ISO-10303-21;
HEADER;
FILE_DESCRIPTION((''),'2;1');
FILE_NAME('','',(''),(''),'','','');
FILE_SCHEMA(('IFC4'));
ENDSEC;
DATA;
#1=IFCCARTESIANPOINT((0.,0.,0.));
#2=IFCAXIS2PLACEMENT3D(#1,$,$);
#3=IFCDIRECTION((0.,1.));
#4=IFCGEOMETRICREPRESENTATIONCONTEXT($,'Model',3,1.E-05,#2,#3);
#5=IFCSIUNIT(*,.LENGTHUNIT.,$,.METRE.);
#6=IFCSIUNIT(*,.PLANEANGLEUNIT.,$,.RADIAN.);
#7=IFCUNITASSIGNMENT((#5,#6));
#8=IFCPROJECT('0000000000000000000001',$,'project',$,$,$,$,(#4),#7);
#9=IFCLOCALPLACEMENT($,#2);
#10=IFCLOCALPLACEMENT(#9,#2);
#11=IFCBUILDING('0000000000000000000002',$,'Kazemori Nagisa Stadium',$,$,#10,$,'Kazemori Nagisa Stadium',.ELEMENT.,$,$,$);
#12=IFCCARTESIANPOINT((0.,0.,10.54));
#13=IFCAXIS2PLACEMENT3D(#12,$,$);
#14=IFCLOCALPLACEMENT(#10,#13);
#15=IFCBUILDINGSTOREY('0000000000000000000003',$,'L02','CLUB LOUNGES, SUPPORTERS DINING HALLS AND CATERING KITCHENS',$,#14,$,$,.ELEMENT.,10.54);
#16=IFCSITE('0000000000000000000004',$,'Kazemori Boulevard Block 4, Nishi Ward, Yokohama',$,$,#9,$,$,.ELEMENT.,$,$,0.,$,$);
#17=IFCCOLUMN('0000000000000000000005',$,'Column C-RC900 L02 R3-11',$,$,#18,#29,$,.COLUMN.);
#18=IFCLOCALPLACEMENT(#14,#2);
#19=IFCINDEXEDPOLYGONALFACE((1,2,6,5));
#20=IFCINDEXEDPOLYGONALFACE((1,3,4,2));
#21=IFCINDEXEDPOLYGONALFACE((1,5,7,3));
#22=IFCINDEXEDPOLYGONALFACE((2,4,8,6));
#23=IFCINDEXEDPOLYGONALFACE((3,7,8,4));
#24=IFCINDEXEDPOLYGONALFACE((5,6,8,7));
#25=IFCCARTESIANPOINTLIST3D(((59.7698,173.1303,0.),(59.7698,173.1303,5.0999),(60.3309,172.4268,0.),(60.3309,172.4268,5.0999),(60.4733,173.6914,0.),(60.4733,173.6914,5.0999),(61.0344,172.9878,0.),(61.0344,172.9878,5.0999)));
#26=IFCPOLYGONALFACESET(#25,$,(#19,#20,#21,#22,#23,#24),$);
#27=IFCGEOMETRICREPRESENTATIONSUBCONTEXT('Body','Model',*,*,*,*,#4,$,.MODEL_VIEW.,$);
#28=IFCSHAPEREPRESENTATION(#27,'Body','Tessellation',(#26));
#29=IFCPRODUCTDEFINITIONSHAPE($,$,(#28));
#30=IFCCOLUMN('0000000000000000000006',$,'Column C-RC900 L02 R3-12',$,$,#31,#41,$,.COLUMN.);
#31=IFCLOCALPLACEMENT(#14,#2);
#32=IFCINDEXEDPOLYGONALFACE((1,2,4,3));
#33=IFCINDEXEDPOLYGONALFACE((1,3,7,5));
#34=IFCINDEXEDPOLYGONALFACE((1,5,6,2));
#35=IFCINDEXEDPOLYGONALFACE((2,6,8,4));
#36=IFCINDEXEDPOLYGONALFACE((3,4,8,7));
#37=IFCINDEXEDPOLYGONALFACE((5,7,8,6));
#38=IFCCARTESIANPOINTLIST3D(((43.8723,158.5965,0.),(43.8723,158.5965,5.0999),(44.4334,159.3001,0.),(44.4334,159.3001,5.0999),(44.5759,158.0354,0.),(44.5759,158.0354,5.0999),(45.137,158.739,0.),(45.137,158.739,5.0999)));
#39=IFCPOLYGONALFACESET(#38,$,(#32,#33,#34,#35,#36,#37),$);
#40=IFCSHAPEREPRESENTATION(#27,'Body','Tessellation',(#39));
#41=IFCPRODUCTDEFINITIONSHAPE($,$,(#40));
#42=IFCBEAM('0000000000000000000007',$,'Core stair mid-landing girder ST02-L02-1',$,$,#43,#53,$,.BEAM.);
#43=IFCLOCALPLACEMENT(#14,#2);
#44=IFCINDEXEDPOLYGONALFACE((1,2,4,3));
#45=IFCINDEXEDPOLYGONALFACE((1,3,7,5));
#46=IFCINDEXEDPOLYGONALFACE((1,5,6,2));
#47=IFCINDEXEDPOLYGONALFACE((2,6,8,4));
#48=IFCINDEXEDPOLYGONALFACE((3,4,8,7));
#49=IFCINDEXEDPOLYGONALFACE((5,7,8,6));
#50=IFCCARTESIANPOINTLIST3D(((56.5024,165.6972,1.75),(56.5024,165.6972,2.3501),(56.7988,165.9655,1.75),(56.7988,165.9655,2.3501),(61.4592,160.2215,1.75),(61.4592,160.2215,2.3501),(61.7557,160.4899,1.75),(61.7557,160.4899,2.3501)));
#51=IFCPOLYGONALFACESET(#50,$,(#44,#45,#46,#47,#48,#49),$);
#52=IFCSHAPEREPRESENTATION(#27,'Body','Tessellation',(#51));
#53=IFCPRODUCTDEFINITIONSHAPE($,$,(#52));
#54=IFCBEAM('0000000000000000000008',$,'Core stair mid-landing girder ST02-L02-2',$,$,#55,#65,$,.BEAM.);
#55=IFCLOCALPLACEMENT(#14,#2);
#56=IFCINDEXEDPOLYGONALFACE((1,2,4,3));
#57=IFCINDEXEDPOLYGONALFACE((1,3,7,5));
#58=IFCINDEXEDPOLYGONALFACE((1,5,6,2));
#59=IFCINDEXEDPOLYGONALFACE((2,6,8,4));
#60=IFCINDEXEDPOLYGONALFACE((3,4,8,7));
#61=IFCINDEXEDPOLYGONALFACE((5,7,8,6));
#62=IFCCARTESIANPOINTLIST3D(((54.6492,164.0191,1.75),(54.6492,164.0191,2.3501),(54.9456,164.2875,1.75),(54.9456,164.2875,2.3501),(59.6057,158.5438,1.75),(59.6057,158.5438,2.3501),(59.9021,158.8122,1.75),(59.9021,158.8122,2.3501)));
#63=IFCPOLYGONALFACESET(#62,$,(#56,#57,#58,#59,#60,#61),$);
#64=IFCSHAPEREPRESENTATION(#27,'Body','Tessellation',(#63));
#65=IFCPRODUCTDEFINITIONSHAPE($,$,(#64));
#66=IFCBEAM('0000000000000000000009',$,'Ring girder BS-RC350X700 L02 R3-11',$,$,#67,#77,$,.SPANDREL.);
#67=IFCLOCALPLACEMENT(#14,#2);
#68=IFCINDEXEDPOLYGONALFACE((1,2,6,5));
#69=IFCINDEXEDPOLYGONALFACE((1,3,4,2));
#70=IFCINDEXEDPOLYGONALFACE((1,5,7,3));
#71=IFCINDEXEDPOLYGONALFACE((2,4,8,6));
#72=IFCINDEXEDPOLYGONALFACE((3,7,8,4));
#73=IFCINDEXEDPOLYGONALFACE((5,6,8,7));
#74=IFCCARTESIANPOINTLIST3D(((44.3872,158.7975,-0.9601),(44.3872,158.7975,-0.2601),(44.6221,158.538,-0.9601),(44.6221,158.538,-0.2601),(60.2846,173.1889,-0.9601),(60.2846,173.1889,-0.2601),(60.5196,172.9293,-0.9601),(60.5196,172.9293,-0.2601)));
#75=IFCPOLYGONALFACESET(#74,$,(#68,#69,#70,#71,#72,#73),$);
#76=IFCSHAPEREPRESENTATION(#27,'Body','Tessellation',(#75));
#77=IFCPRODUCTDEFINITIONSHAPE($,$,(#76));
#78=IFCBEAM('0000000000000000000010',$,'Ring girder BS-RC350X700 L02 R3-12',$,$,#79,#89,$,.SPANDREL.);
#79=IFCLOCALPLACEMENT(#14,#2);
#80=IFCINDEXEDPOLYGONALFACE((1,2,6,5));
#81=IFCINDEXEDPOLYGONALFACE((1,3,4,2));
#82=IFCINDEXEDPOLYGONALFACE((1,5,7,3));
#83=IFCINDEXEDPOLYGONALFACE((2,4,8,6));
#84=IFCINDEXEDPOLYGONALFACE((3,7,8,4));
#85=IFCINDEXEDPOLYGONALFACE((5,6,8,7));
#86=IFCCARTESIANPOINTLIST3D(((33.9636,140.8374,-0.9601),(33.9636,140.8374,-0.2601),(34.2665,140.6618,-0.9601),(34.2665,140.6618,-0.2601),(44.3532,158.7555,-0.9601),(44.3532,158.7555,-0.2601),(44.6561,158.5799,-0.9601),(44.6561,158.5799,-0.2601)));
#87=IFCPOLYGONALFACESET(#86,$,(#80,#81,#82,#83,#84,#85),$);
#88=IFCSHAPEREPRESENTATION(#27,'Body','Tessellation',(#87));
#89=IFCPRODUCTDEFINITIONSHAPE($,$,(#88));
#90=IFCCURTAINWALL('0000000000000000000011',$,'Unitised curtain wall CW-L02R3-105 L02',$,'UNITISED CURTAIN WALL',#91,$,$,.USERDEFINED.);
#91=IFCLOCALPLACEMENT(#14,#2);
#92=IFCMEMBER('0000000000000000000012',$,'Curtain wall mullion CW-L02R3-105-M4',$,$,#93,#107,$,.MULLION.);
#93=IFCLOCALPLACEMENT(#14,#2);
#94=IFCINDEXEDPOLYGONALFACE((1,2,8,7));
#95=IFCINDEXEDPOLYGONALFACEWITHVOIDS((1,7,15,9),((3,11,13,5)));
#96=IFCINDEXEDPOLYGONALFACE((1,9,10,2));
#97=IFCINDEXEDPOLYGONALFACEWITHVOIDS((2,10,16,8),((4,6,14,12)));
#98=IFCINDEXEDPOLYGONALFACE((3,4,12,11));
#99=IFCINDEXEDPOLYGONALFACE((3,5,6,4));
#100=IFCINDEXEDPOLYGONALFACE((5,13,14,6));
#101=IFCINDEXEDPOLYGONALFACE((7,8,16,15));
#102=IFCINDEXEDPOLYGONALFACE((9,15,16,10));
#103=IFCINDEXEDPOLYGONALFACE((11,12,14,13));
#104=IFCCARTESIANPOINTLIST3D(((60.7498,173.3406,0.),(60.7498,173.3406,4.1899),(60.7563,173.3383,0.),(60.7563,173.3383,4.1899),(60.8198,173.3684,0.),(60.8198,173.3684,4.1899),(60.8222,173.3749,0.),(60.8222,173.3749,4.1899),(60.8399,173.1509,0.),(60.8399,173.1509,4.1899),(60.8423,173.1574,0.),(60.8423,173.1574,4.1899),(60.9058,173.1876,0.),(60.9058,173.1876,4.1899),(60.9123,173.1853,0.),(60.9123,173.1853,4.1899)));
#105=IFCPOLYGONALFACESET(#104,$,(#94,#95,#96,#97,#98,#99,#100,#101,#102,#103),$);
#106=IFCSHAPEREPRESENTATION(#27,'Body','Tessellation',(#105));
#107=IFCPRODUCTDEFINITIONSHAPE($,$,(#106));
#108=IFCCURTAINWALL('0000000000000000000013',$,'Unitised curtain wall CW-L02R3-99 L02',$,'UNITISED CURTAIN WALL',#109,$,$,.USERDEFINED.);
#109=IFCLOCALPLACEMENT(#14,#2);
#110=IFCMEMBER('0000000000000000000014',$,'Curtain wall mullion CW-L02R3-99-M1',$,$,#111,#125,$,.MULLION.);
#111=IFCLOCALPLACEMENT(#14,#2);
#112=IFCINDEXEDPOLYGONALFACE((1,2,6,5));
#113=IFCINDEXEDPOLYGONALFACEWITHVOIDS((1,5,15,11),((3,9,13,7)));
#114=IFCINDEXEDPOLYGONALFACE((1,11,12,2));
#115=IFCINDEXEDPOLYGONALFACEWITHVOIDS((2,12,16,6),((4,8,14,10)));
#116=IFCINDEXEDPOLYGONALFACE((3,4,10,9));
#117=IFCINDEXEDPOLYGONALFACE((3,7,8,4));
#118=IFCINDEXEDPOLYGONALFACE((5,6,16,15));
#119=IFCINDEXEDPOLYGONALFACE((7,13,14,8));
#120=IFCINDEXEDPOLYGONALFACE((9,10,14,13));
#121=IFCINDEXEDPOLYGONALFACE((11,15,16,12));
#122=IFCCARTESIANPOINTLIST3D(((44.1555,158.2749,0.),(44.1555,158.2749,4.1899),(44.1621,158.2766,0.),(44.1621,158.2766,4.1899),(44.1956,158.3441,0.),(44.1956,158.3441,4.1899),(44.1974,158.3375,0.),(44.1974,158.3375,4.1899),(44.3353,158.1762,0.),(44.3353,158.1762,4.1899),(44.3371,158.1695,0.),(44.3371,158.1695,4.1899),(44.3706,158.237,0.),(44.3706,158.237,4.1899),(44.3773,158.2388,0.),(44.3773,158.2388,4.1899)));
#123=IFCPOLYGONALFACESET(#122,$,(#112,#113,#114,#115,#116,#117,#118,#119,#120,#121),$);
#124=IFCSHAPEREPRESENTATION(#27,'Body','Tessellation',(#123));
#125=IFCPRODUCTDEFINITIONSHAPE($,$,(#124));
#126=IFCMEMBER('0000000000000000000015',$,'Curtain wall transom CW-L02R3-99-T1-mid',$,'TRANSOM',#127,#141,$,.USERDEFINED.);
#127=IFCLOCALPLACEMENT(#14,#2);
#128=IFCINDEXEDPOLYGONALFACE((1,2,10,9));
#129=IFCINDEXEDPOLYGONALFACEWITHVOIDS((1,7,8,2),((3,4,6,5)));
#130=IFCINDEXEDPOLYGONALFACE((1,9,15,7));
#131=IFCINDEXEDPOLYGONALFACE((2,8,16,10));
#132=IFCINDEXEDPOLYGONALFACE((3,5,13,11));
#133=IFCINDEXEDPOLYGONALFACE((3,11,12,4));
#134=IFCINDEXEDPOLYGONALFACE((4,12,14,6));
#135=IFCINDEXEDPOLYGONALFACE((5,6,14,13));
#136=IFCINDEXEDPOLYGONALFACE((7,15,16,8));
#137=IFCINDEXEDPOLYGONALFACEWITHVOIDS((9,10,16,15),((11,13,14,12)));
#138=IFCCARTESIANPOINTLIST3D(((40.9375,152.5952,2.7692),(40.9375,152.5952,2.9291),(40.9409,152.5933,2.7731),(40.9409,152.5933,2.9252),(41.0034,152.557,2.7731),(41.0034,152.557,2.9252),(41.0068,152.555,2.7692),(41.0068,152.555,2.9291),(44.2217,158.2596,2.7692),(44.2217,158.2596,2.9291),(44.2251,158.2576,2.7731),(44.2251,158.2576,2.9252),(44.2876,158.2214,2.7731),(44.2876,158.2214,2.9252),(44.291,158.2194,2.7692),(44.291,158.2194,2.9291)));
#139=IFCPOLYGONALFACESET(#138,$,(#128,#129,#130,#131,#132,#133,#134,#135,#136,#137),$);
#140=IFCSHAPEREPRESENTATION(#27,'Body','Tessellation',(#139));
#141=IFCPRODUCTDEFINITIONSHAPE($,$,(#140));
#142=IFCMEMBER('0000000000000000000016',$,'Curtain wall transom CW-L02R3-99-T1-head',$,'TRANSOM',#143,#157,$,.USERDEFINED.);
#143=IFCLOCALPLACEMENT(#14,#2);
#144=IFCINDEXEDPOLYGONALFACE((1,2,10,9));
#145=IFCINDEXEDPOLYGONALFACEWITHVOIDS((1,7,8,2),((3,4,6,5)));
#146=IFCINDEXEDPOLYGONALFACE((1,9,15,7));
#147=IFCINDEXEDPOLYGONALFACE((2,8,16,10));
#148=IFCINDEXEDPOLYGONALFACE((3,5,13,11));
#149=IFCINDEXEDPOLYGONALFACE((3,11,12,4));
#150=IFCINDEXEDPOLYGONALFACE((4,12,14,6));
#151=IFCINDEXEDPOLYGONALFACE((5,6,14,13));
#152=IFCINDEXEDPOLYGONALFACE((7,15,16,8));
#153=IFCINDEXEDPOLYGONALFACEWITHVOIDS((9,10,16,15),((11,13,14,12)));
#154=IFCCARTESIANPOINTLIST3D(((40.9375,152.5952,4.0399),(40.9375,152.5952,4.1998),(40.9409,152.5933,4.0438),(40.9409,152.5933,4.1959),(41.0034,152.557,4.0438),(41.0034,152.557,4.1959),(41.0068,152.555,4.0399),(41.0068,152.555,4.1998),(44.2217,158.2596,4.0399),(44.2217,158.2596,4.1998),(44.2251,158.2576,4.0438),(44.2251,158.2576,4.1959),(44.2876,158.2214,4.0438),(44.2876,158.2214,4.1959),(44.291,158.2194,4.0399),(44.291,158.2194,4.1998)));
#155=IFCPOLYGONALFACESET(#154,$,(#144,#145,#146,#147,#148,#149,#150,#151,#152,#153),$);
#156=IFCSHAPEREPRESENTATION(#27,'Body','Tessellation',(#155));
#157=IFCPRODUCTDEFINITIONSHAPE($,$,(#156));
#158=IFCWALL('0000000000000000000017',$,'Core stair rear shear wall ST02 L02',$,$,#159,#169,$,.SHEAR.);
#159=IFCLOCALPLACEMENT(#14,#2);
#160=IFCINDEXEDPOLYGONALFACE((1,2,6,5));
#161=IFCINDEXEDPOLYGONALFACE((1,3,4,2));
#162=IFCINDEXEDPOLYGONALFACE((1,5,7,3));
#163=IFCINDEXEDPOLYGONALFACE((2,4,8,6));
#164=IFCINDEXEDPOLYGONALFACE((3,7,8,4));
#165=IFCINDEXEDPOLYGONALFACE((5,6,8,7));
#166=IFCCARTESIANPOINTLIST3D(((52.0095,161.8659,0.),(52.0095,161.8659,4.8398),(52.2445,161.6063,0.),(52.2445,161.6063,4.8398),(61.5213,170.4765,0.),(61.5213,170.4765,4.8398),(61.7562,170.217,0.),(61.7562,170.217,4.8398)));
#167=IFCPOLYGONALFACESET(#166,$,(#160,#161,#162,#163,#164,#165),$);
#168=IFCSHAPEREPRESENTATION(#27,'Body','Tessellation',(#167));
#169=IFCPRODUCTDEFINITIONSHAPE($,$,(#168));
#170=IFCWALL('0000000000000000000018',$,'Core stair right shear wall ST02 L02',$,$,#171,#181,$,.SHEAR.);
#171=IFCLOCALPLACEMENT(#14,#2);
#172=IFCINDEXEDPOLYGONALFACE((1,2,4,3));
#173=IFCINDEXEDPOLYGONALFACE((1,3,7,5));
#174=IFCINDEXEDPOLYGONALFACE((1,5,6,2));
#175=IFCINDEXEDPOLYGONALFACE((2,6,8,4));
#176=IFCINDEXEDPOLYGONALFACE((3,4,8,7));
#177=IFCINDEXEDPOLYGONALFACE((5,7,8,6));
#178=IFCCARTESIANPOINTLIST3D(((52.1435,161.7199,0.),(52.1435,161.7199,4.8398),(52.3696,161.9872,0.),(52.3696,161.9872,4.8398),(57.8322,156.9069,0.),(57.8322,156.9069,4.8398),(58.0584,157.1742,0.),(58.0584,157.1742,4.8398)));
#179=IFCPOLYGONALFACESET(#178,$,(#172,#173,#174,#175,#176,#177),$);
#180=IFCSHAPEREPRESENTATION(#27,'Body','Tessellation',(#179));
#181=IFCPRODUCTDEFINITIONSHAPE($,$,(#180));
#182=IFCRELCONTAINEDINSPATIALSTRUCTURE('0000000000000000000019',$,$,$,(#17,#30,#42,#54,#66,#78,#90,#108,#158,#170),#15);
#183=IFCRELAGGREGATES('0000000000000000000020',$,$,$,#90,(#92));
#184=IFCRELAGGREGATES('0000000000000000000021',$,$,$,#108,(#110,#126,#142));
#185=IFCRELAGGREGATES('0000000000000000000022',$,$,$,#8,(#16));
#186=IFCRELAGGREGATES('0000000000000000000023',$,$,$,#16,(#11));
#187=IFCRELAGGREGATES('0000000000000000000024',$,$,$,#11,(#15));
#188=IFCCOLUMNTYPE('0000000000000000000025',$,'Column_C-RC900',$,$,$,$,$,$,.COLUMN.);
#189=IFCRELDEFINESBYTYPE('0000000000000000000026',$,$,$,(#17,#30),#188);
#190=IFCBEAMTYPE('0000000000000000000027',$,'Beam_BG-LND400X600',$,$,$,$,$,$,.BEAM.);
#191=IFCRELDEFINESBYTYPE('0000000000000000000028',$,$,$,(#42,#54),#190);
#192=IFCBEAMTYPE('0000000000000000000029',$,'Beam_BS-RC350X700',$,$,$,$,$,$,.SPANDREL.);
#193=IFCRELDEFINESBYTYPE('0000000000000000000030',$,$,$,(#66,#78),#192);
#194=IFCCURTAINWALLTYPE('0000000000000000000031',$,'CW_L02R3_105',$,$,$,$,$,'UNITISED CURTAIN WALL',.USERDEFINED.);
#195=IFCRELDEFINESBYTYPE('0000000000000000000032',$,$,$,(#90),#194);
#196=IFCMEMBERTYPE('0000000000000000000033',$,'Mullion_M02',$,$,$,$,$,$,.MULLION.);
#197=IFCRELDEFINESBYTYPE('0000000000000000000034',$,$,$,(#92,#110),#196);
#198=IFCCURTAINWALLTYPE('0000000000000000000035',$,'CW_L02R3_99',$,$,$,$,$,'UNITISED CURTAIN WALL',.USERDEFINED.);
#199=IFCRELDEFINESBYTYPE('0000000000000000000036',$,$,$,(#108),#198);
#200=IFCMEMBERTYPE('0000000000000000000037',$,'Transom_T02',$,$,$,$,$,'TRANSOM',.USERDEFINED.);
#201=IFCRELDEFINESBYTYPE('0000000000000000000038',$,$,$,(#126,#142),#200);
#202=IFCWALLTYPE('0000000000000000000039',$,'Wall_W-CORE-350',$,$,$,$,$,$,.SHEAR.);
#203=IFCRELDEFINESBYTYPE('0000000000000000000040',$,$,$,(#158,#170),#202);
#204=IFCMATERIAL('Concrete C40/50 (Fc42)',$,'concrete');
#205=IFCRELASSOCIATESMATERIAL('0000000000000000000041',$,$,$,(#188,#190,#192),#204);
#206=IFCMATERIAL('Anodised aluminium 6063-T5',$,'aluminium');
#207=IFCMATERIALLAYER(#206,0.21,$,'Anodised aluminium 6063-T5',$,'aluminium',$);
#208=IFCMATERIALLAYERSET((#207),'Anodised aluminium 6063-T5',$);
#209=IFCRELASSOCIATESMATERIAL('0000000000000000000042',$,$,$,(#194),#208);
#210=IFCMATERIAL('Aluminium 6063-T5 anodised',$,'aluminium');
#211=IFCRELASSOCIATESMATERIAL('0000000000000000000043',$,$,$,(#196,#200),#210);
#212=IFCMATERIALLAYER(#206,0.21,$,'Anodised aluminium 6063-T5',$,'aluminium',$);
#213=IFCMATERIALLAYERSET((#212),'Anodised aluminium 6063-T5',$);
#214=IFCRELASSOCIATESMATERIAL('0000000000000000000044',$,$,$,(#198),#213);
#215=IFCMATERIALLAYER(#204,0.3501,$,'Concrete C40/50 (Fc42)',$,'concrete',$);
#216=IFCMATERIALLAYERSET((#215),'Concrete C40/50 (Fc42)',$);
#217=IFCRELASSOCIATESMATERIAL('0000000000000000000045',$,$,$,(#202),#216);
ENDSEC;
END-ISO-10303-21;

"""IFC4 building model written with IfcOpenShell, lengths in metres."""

from ifc_helpers import new_model, si_unit, direction, frame, frame_2d, origin, origin_2d, place, context, subcontext, project, spatial, rectangle, hollow_rectangle, extrude, material, layer, layer_set, material_profile, profile_set, type_object, element, aggregate, save


model = new_model("IFC4")

# Units and contexts
model_context = context("Model", 3, precision=1e-05, world=origin(), true_north=direction((0.0, 1.0)))
body_context = subcontext(model_context, "Body", "Model", "MODEL_VIEW")
ifc_project = project(units=[si_unit("LENGTHUNIT", "METRE"), si_unit("PLANEANGLEUNIT", "RADIAN")], contexts=[model_context])

# Site, building, storey
site_placement = place(None, origin())
site = spatial("IfcSite", under=ifc_project, at=site_placement, Name="Kazemori Boulevard Block 4, Nishi Ward, Yokohama", CompositionType="ELEMENT", RefElevation=0.0)
building_placement = place(site_placement, origin())
building = spatial("IfcBuilding", under=site, at=building_placement, Name="Kazemori Nagisa Stadium", LongName="Kazemori Nagisa Stadium", CompositionType="ELEMENT")
storey_placement = place(building_placement, frame((0.0, 0.0, 10.54)))
storey = spatial("IfcBuildingStorey", under=building, at=storey_placement, Name="L02", Description="CLUB LOUNGES, SUPPORTERS DINING HALLS AND CATERING KITCHENS", CompositionType="ELEMENT", Elevation=10.54)

# Columns
ifc_material_1 = material(Name="Concrete C40/50 (Fc42)", Category="concrete")
ifc_material_profile_1 = material_profile(ifc_material_1, rectangle(XDim=0.8999, YDim=0.8999, at=origin_2d()), Name="RC-COL-900x900")
ifc_profile_set_1 = profile_set([ifc_material_profile_1], Name="Concrete C40/50 (Fc42)")
column_type = type_object("IfcColumnType", Name="Column_C-RC900", PredefinedType="COLUMN", material=ifc_profile_set_1)
for number, where, z_axis, x_axis, name in (
    (1, (60.4021, 173.0591, 0.0), (0.0, 0.0, 1.0), (-0.62349, 0.781831, 0.0), "Column C-RC900 L02 R3-11"),
    (2, (44.5046, 158.6677, 0.0), (0.0, 0.0, 1.0), (-0.781831, 0.62349, 0.0), "Column C-RC900 L02 R3-12"),
):
    element("IfcColumn", number, at=place(storey_placement, frame(where, z_axis=z_axis, x_axis=x_axis)), inside=storey, type_object=column_type, Name=name, PredefinedType="COLUMN", context=body_context, shape_type="SweptSolid", body=[
        extrude(rectangle(XDim=0.8999, YDim=0.8999, at=origin_2d()), origin(), (0.0, 0.0, 1.0), 5.0999),
    ])

# Beams
ifc_material_profile_2 = material_profile(ifc_material_1, rectangle(XDim=0.3999, YDim=0.6001, at=origin_2d()), Name="RC-BM-400x600")
ifc_profile_set_2 = profile_set([ifc_material_profile_2], Name="Concrete C40/50 (Fc42)")
beam_type_1 = type_object("IfcBeamType", Name="Beam_BG-LND400X600", PredefinedType="BEAM", material=ifc_profile_set_2)
beam_1_placement = place(storey_placement, frame((61.6074, 160.3557, 2.05), z_axis=(-0.671113, 0.741355, 0.0), x_axis=(-0.741355, -0.671113, 0.0)))
element("IfcBeam", 3, at=beam_1_placement, inside=storey, type_object=beam_type_1, Name="Core stair mid-landing girder ST02-L02-1", PredefinedType="BEAM", context=body_context, shape_type="SweptSolid", body=[
    extrude(rectangle(XDim=0.3999, YDim=0.6001, at=origin_2d()), origin(), (0.0, 0.0, 1.0), 7.386),
])
beam_2_placement = place(storey_placement, frame((59.7539, 158.678, 2.05), z_axis=(-0.671112, 0.741356, 0.0), x_axis=(-0.741356, -0.671112, 0.0)))
element("IfcBeam", 4, at=beam_2_placement, inside=storey, type_object=beam_type_1, Name="Core stair mid-landing girder ST02-L02-2", PredefinedType="BEAM", context=body_context, shape_type="SweptSolid", body=[
    extrude(rectangle(XDim=0.3999, YDim=0.6001, at=origin_2d()), origin(), (0.0, 0.0, 1.0), 7.3855),
])
ifc_material_profile_3 = material_profile(ifc_material_1, rectangle(XDim=0.3501, YDim=0.7, at=origin_2d()), Name="RC-SP-350x700")
ifc_profile_set_3 = profile_set([ifc_material_profile_3], Name="Concrete C40/50 (Fc42)")
beam_type_2 = type_object("IfcBeamType", Name="Beam_BS-RC350X700", PredefinedType="SPANDREL", material=ifc_profile_set_3)
beam_3_placement = place(storey_placement, frame((60.4021, 173.0591, -0.6101), z_axis=(-0.741352, -0.671117, 0.0), x_axis=(0.671117, -0.741352, 0.0)))
element("IfcBeam", 5, at=beam_3_placement, inside=storey, type_object=beam_type_2, Name="Ring girder BS-RC350X700 L02 R3-11", PredefinedType="SPANDREL", context=body_context, shape_type="SweptSolid", body=[
    extrude(rectangle(XDim=0.3501, YDim=0.7, at=origin_2d()), origin(), (0.0, 0.0, 1.0), 21.4438),
])
beam_4_placement = place(storey_placement, frame((44.5046, 158.6677, -0.6101), z_axis=(-0.501613, -0.865092, 0.0), x_axis=(0.865092, -0.501613, 0.0)))
element("IfcBeam", 6, at=beam_4_placement, inside=storey, type_object=beam_type_2, Name="Ring girder BS-RC350X700 L02 R3-12", PredefinedType="SPANDREL", context=body_context, shape_type="SweptSolid", body=[
    extrude(rectangle(XDim=0.3501, YDim=0.7, at=origin_2d()), origin(), (0.0, 0.0, 1.0), 20.7124),
])

# Curtain wall, member
ifc_material_2 = material(Name="Anodised aluminium 6063-T5", Category="aluminium")
ifc_layer_1 = layer(ifc_material_2, 0.21, Name="Anodised aluminium 6063-T5", Category="aluminium")
ifc_layer_set_1 = layer_set([ifc_layer_1], Name="Anodised aluminium 6063-T5")
curtain_wall_type_1 = type_object("IfcCurtainWallType", Name="CW_L02R3_105", ElementType="UNITISED CURTAIN WALL", PredefinedType="USERDEFINED", material=ifc_layer_set_1)
curtain_wall_1_placement = place(storey_placement, origin())
curtain_wall_1 = element("IfcCurtainWall", 7, at=curtain_wall_1_placement, inside=storey, type_object=curtain_wall_type_1, Name="Unitised curtain wall CW-L02R3-105 L02", ObjectType="UNITISED CURTAIN WALL", PredefinedType="USERDEFINED")
ifc_material_3 = material(Name="Aluminium 6063-T5 anodised", Category="aluminium")
ifc_material_profile_4 = material_profile(ifc_material_3, hollow_rectangle(XDim=0.0801, YDim=0.21, WallThickness=0.0049, at=origin_2d()), Name="ALU-MULL-80x210x5")
ifc_profile_set_4 = profile_set([ifc_material_profile_4], Name="Aluminium 6063-T5 anodised")
member_type_1 = type_object("IfcMemberType", Name="Mullion_M02", PredefinedType="MULLION", material=ifc_profile_set_4)
member_1_placement = place(storey_placement, frame((60.8311, 173.2629, 0.0), z_axis=(0.0, 0.0, 1.0), x_axis=(-0.903216, -0.429186, 0.0)))
member_1 = element("IfcMember", 8, at=member_1_placement, type_object=member_type_1, Name="Curtain wall mullion CW-L02R3-105-M4", PredefinedType="MULLION", context=body_context, shape_type="SweptSolid", body=[
    extrude(hollow_rectangle(XDim=0.0801, YDim=0.21, WallThickness=0.0049, at=origin_2d()), origin(), (0.0, 0.0, 1.0), 4.1899),
])
aggregate(curtain_wall_1, [member_1])

# Curtain wall, members
ifc_layer_2 = layer(ifc_material_2, 0.21, Name="Anodised aluminium 6063-T5", Category="aluminium")
ifc_layer_set_2 = layer_set([ifc_layer_2], Name="Anodised aluminium 6063-T5")
curtain_wall_type_2 = type_object("IfcCurtainWallType", Name="CW_L02R3_99", ElementType="UNITISED CURTAIN WALL", PredefinedType="USERDEFINED", material=ifc_layer_set_2)
curtain_wall_2_placement = place(storey_placement, origin())
curtain_wall_2 = element("IfcCurtainWall", 9, at=curtain_wall_2_placement, inside=storey, type_object=curtain_wall_type_2, Name="Unitised curtain wall CW-L02R3-99 L02", ObjectType="UNITISED CURTAIN WALL", PredefinedType="USERDEFINED")
member_2_placement = place(storey_placement, frame((44.2664, 158.2568, 0.0), z_axis=(0.0, 0.0, 1.0), x_axis=(-0.501612, -0.865093, 0.0)))
member_2 = element("IfcMember", 10, at=member_2_placement, type_object=member_type_1, Name="Curtain wall mullion CW-L02R3-99-M1", PredefinedType="MULLION", context=body_context, shape_type="SweptSolid", body=[
    extrude(hollow_rectangle(XDim=0.0801, YDim=0.21, WallThickness=0.0049, at=origin_2d()), origin(), (0.0, 0.0, 1.0), 4.1899),
])
ifc_material_profile_5 = material_profile(ifc_material_3, hollow_rectangle(XDim=0.0801, YDim=0.1599, WallThickness=0.0039, at=origin_2d()), Name="ALU-TRAN-80x160x4")
ifc_profile_set_5 = profile_set([ifc_material_profile_5], Name="Aluminium 6063-T5 anodised")
member_type_2 = type_object("IfcMemberType", Name="Transom_T02", ElementType="TRANSOM", PredefinedType="USERDEFINED", material=ifc_profile_set_5)
member_3_placement = place(storey_placement, frame((44.2563, 158.2395, 2.8491), z_axis=(-0.50159, -0.865105, 0.0), x_axis=(0.865105, -0.50159, 0.0)))
member_3 = element("IfcMember", 11, at=member_3_placement, type_object=member_type_2, Name="Curtain wall transom CW-L02R3-99-T1-mid", ObjectType="TRANSOM", PredefinedType="USERDEFINED", context=body_context, shape_type="SweptSolid", body=[
    extrude(hollow_rectangle(XDim=0.0801, YDim=0.1599, WallThickness=0.0039, at=origin_2d()), origin(), (0.0, 0.0, 1.0), 6.5476),
])
member_4_placement = place(storey_placement, frame((44.2563, 158.2395, 4.1199), z_axis=(-0.50159, -0.865105, 0.0), x_axis=(0.865105, -0.50159, 0.0)))
member_4 = element("IfcMember", 12, at=member_4_placement, type_object=member_type_2, Name="Curtain wall transom CW-L02R3-99-T1-head", ObjectType="TRANSOM", PredefinedType="USERDEFINED", context=body_context, shape_type="SweptSolid", body=[
    extrude(hollow_rectangle(XDim=0.0801, YDim=0.1599, WallThickness=0.0039, at=origin_2d()), origin(), (0.0, 0.0, 1.0), 6.5476),
])
aggregate(curtain_wall_2, [member_2, member_3, member_4])

# Walls
ifc_layer_3 = layer(ifc_material_1, 0.3501, Name="Concrete C40/50 (Fc42)", Category="concrete")
ifc_layer_set_3 = layer_set([ifc_layer_3], Name="Concrete C40/50 (Fc42)")
wall_type_1 = type_object("IfcWallType", Name="Wall_W-CORE-350", PredefinedType="SHEAR", material=ifc_layer_set_3)
wall_1_placement = place(storey_placement, frame((61.6387, 170.3467, 0.0), z_axis=(0.0, 0.0, 1.0), x_axis=(-0.741351, -0.671117, 0.0)))
element("IfcWall", 13, at=wall_1_placement, inside=storey, type_object=wall_type_1, Name="Core stair rear shear wall ST02 L02", PredefinedType="SHEAR", context=body_context, shape_type="SweptSolid", body=[
    extrude(rectangle(XDim=12.8303, YDim=0.3501, at=frame_2d((6.415, 0.0))), origin(), (0.0, 0.0, 1.0), 4.8398),
])
wall_2_placement = place(storey_placement, frame((57.9453, 157.0405, 0.0), z_axis=(0.0, 0.0, 1.0), x_axis=(-0.763422, 0.6459, 0.0)))
element("IfcWall", 14, at=wall_2_placement, inside=storey, type_object=wall_type_1, Name="Core stair right shear wall ST02 L02", PredefinedType="SHEAR", context=body_context, shape_type="SweptSolid", body=[
    extrude(rectangle(XDim=7.4517, YDim=0.3501, at=frame_2d((3.7258, 0.0))), origin(), (0.0, 0.0, 1.0), 4.8398),
])

save(model, "model.ifc")
